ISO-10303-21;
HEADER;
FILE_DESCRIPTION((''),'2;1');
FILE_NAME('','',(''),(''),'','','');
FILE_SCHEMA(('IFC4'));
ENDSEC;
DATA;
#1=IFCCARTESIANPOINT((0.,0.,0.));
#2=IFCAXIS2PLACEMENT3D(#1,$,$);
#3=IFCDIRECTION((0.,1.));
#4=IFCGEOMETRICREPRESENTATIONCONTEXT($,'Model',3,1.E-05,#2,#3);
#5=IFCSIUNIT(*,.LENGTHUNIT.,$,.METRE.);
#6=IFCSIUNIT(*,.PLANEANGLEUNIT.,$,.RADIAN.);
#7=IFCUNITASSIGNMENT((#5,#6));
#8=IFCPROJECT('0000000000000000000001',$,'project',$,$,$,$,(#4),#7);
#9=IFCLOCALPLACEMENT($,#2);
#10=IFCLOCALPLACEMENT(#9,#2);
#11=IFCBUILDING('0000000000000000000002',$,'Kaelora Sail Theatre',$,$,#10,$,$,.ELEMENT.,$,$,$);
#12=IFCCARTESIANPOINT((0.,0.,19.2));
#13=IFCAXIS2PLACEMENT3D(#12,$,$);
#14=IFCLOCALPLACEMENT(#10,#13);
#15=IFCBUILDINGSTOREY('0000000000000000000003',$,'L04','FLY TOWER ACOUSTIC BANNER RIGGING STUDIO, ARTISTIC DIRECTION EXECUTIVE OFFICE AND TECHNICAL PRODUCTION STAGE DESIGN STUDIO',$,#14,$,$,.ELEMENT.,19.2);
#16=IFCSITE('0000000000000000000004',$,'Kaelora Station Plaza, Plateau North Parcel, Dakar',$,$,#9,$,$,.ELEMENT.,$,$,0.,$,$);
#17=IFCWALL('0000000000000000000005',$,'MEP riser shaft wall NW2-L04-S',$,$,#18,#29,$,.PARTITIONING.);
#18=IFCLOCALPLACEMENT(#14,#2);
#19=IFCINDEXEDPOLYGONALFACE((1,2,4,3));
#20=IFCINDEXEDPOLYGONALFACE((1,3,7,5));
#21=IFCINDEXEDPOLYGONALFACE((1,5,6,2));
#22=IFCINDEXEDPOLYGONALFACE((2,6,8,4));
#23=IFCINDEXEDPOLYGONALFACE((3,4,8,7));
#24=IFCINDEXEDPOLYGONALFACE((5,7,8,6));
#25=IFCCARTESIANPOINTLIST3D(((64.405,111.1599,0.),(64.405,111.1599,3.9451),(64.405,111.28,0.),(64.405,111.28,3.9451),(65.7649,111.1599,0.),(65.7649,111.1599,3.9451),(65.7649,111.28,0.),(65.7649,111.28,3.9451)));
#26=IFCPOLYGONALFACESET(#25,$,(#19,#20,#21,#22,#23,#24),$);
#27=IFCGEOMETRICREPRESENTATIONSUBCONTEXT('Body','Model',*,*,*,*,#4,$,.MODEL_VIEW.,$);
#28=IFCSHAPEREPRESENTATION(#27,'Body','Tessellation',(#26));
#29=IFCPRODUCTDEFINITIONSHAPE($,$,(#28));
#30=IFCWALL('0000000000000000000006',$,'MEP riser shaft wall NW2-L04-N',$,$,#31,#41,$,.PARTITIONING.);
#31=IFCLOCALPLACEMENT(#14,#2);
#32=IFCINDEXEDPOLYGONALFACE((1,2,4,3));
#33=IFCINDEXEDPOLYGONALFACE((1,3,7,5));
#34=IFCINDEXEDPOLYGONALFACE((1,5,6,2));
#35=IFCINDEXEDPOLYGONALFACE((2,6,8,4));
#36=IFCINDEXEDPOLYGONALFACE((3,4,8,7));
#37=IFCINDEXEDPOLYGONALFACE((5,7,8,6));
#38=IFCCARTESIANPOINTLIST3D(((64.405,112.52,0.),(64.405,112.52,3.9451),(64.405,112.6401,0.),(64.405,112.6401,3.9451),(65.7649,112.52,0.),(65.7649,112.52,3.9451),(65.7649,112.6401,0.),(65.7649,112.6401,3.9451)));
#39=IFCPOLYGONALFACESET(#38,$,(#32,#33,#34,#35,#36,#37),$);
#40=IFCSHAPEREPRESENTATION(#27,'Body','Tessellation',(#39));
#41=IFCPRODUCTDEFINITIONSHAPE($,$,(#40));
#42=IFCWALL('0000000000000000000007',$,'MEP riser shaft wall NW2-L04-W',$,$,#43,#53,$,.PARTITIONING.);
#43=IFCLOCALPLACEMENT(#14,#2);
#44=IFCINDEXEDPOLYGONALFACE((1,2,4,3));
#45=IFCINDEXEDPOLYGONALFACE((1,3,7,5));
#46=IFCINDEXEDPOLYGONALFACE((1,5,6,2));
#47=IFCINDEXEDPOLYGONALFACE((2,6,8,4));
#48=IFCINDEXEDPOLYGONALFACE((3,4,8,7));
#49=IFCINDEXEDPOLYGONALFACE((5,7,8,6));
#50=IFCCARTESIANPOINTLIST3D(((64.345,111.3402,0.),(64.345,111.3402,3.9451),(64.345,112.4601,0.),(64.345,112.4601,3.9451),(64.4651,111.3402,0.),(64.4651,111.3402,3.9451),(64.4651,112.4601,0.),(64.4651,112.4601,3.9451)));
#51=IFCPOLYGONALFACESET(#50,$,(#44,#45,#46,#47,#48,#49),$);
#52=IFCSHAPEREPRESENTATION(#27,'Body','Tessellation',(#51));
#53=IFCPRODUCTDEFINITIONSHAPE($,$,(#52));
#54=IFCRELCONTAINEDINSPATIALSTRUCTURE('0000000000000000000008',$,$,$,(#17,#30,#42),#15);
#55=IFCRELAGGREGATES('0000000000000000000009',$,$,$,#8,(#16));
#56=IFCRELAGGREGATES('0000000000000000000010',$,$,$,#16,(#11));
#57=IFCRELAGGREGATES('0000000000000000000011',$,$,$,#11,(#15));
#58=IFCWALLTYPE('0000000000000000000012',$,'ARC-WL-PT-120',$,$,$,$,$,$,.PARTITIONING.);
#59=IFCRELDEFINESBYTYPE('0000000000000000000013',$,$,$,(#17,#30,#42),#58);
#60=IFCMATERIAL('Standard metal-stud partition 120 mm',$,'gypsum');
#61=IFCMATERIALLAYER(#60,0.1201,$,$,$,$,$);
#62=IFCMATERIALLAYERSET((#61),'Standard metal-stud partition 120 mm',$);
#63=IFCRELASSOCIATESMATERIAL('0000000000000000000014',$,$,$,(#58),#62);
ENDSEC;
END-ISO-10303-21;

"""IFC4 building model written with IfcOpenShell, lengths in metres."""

from ifc_helpers import new_model, si_unit, direction, frame, frame_2d, origin, place, context, subcontext, project, spatial, rectangle, extrude, material, layer, layer_set, type_object, element, save


model = new_model("IFC4")

# Units and contexts
model_context = context("Model", 3, precision=1e-05, world=origin(), true_north=direction((0.0, 1.0)))
body_context = subcontext(model_context, "Body", "Model", "MODEL_VIEW")
ifc_project = project(units=[si_unit("LENGTHUNIT", "METRE"), si_unit("PLANEANGLEUNIT", "RADIAN")], contexts=[model_context])

# Site, building, storey
site_placement = place(None, origin())
site = spatial("IfcSite", under=ifc_project, at=site_placement, Name="Kaelora Station Plaza, Plateau North Parcel, Dakar", CompositionType="ELEMENT", RefElevation=0.0)
building_placement = place(site_placement, origin())
building = spatial("IfcBuilding", under=site, at=building_placement, Name="Kaelora Sail Theatre", CompositionType="ELEMENT")
storey_placement = place(building_placement, frame((0.0, 0.0, 19.2)))
storey = spatial("IfcBuildingStorey", under=building, at=storey_placement, Name="L04", Description="FLY TOWER ACOUSTIC BANNER RIGGING STUDIO, ARTISTIC DIRECTION EXECUTIVE OFFICE AND TECHNICAL PRODUCTION STAGE DESIGN STUDIO", CompositionType="ELEMENT", Elevation=19.2)

# Walls
ifc_material_1 = material(Name="Standard metal-stud partition 120 mm", Category="gypsum")
ifc_layer_1 = layer(ifc_material_1, 0.1201)
ifc_layer_set_1 = layer_set([ifc_layer_1], Name="Standard metal-stud partition 120 mm")
wall_type_1 = type_object("IfcWallType", Name="ARC-WL-PT-120", PredefinedType="PARTITIONING", material=ifc_layer_set_1)
for number, where, z_axis, x_axis, name in (
    (1, (64.405, 111.22, 0.0), (0.0, 0.0, 1.0), (1.0, 0.0, 0.0), "MEP riser shaft wall NW2-L04-S"),
    (2, (64.405, 112.5801, 0.0), (0.0, 0.0, 1.0), (1.0, 0.0, 0.0), "MEP riser shaft wall NW2-L04-N"),
):
    element("IfcWall", number, at=place(storey_placement, frame(where, z_axis=z_axis, x_axis=x_axis)), inside=storey, type_object=wall_type_1, Name=name, PredefinedType="PARTITIONING", context=body_context, shape_type="SweptSolid", body=[
        extrude(rectangle(XDim=1.3599, YDim=0.1201, at=frame_2d((0.6799, 0.0))), origin(), (0.0, 0.0, 1.0), 3.9451),
    ])
wall_1_placement = place(storey_placement, frame((64.405, 111.3401, 0.0), z_axis=(0.0, 0.0, 1.0), x_axis=(0.0, 1.0, 0.0)))
element("IfcWall", 3, at=wall_1_placement, inside=storey, type_object=wall_type_1, Name="MEP riser shaft wall NW2-L04-W", PredefinedType="PARTITIONING", context=body_context, shape_type="SweptSolid", body=[
    extrude(rectangle(XDim=1.1199, YDim=0.1201, at=frame_2d((0.5601, 0.0))), origin(), (0.0, 0.0, 1.0), 3.9451),
])

save(model, "model.ifc")
